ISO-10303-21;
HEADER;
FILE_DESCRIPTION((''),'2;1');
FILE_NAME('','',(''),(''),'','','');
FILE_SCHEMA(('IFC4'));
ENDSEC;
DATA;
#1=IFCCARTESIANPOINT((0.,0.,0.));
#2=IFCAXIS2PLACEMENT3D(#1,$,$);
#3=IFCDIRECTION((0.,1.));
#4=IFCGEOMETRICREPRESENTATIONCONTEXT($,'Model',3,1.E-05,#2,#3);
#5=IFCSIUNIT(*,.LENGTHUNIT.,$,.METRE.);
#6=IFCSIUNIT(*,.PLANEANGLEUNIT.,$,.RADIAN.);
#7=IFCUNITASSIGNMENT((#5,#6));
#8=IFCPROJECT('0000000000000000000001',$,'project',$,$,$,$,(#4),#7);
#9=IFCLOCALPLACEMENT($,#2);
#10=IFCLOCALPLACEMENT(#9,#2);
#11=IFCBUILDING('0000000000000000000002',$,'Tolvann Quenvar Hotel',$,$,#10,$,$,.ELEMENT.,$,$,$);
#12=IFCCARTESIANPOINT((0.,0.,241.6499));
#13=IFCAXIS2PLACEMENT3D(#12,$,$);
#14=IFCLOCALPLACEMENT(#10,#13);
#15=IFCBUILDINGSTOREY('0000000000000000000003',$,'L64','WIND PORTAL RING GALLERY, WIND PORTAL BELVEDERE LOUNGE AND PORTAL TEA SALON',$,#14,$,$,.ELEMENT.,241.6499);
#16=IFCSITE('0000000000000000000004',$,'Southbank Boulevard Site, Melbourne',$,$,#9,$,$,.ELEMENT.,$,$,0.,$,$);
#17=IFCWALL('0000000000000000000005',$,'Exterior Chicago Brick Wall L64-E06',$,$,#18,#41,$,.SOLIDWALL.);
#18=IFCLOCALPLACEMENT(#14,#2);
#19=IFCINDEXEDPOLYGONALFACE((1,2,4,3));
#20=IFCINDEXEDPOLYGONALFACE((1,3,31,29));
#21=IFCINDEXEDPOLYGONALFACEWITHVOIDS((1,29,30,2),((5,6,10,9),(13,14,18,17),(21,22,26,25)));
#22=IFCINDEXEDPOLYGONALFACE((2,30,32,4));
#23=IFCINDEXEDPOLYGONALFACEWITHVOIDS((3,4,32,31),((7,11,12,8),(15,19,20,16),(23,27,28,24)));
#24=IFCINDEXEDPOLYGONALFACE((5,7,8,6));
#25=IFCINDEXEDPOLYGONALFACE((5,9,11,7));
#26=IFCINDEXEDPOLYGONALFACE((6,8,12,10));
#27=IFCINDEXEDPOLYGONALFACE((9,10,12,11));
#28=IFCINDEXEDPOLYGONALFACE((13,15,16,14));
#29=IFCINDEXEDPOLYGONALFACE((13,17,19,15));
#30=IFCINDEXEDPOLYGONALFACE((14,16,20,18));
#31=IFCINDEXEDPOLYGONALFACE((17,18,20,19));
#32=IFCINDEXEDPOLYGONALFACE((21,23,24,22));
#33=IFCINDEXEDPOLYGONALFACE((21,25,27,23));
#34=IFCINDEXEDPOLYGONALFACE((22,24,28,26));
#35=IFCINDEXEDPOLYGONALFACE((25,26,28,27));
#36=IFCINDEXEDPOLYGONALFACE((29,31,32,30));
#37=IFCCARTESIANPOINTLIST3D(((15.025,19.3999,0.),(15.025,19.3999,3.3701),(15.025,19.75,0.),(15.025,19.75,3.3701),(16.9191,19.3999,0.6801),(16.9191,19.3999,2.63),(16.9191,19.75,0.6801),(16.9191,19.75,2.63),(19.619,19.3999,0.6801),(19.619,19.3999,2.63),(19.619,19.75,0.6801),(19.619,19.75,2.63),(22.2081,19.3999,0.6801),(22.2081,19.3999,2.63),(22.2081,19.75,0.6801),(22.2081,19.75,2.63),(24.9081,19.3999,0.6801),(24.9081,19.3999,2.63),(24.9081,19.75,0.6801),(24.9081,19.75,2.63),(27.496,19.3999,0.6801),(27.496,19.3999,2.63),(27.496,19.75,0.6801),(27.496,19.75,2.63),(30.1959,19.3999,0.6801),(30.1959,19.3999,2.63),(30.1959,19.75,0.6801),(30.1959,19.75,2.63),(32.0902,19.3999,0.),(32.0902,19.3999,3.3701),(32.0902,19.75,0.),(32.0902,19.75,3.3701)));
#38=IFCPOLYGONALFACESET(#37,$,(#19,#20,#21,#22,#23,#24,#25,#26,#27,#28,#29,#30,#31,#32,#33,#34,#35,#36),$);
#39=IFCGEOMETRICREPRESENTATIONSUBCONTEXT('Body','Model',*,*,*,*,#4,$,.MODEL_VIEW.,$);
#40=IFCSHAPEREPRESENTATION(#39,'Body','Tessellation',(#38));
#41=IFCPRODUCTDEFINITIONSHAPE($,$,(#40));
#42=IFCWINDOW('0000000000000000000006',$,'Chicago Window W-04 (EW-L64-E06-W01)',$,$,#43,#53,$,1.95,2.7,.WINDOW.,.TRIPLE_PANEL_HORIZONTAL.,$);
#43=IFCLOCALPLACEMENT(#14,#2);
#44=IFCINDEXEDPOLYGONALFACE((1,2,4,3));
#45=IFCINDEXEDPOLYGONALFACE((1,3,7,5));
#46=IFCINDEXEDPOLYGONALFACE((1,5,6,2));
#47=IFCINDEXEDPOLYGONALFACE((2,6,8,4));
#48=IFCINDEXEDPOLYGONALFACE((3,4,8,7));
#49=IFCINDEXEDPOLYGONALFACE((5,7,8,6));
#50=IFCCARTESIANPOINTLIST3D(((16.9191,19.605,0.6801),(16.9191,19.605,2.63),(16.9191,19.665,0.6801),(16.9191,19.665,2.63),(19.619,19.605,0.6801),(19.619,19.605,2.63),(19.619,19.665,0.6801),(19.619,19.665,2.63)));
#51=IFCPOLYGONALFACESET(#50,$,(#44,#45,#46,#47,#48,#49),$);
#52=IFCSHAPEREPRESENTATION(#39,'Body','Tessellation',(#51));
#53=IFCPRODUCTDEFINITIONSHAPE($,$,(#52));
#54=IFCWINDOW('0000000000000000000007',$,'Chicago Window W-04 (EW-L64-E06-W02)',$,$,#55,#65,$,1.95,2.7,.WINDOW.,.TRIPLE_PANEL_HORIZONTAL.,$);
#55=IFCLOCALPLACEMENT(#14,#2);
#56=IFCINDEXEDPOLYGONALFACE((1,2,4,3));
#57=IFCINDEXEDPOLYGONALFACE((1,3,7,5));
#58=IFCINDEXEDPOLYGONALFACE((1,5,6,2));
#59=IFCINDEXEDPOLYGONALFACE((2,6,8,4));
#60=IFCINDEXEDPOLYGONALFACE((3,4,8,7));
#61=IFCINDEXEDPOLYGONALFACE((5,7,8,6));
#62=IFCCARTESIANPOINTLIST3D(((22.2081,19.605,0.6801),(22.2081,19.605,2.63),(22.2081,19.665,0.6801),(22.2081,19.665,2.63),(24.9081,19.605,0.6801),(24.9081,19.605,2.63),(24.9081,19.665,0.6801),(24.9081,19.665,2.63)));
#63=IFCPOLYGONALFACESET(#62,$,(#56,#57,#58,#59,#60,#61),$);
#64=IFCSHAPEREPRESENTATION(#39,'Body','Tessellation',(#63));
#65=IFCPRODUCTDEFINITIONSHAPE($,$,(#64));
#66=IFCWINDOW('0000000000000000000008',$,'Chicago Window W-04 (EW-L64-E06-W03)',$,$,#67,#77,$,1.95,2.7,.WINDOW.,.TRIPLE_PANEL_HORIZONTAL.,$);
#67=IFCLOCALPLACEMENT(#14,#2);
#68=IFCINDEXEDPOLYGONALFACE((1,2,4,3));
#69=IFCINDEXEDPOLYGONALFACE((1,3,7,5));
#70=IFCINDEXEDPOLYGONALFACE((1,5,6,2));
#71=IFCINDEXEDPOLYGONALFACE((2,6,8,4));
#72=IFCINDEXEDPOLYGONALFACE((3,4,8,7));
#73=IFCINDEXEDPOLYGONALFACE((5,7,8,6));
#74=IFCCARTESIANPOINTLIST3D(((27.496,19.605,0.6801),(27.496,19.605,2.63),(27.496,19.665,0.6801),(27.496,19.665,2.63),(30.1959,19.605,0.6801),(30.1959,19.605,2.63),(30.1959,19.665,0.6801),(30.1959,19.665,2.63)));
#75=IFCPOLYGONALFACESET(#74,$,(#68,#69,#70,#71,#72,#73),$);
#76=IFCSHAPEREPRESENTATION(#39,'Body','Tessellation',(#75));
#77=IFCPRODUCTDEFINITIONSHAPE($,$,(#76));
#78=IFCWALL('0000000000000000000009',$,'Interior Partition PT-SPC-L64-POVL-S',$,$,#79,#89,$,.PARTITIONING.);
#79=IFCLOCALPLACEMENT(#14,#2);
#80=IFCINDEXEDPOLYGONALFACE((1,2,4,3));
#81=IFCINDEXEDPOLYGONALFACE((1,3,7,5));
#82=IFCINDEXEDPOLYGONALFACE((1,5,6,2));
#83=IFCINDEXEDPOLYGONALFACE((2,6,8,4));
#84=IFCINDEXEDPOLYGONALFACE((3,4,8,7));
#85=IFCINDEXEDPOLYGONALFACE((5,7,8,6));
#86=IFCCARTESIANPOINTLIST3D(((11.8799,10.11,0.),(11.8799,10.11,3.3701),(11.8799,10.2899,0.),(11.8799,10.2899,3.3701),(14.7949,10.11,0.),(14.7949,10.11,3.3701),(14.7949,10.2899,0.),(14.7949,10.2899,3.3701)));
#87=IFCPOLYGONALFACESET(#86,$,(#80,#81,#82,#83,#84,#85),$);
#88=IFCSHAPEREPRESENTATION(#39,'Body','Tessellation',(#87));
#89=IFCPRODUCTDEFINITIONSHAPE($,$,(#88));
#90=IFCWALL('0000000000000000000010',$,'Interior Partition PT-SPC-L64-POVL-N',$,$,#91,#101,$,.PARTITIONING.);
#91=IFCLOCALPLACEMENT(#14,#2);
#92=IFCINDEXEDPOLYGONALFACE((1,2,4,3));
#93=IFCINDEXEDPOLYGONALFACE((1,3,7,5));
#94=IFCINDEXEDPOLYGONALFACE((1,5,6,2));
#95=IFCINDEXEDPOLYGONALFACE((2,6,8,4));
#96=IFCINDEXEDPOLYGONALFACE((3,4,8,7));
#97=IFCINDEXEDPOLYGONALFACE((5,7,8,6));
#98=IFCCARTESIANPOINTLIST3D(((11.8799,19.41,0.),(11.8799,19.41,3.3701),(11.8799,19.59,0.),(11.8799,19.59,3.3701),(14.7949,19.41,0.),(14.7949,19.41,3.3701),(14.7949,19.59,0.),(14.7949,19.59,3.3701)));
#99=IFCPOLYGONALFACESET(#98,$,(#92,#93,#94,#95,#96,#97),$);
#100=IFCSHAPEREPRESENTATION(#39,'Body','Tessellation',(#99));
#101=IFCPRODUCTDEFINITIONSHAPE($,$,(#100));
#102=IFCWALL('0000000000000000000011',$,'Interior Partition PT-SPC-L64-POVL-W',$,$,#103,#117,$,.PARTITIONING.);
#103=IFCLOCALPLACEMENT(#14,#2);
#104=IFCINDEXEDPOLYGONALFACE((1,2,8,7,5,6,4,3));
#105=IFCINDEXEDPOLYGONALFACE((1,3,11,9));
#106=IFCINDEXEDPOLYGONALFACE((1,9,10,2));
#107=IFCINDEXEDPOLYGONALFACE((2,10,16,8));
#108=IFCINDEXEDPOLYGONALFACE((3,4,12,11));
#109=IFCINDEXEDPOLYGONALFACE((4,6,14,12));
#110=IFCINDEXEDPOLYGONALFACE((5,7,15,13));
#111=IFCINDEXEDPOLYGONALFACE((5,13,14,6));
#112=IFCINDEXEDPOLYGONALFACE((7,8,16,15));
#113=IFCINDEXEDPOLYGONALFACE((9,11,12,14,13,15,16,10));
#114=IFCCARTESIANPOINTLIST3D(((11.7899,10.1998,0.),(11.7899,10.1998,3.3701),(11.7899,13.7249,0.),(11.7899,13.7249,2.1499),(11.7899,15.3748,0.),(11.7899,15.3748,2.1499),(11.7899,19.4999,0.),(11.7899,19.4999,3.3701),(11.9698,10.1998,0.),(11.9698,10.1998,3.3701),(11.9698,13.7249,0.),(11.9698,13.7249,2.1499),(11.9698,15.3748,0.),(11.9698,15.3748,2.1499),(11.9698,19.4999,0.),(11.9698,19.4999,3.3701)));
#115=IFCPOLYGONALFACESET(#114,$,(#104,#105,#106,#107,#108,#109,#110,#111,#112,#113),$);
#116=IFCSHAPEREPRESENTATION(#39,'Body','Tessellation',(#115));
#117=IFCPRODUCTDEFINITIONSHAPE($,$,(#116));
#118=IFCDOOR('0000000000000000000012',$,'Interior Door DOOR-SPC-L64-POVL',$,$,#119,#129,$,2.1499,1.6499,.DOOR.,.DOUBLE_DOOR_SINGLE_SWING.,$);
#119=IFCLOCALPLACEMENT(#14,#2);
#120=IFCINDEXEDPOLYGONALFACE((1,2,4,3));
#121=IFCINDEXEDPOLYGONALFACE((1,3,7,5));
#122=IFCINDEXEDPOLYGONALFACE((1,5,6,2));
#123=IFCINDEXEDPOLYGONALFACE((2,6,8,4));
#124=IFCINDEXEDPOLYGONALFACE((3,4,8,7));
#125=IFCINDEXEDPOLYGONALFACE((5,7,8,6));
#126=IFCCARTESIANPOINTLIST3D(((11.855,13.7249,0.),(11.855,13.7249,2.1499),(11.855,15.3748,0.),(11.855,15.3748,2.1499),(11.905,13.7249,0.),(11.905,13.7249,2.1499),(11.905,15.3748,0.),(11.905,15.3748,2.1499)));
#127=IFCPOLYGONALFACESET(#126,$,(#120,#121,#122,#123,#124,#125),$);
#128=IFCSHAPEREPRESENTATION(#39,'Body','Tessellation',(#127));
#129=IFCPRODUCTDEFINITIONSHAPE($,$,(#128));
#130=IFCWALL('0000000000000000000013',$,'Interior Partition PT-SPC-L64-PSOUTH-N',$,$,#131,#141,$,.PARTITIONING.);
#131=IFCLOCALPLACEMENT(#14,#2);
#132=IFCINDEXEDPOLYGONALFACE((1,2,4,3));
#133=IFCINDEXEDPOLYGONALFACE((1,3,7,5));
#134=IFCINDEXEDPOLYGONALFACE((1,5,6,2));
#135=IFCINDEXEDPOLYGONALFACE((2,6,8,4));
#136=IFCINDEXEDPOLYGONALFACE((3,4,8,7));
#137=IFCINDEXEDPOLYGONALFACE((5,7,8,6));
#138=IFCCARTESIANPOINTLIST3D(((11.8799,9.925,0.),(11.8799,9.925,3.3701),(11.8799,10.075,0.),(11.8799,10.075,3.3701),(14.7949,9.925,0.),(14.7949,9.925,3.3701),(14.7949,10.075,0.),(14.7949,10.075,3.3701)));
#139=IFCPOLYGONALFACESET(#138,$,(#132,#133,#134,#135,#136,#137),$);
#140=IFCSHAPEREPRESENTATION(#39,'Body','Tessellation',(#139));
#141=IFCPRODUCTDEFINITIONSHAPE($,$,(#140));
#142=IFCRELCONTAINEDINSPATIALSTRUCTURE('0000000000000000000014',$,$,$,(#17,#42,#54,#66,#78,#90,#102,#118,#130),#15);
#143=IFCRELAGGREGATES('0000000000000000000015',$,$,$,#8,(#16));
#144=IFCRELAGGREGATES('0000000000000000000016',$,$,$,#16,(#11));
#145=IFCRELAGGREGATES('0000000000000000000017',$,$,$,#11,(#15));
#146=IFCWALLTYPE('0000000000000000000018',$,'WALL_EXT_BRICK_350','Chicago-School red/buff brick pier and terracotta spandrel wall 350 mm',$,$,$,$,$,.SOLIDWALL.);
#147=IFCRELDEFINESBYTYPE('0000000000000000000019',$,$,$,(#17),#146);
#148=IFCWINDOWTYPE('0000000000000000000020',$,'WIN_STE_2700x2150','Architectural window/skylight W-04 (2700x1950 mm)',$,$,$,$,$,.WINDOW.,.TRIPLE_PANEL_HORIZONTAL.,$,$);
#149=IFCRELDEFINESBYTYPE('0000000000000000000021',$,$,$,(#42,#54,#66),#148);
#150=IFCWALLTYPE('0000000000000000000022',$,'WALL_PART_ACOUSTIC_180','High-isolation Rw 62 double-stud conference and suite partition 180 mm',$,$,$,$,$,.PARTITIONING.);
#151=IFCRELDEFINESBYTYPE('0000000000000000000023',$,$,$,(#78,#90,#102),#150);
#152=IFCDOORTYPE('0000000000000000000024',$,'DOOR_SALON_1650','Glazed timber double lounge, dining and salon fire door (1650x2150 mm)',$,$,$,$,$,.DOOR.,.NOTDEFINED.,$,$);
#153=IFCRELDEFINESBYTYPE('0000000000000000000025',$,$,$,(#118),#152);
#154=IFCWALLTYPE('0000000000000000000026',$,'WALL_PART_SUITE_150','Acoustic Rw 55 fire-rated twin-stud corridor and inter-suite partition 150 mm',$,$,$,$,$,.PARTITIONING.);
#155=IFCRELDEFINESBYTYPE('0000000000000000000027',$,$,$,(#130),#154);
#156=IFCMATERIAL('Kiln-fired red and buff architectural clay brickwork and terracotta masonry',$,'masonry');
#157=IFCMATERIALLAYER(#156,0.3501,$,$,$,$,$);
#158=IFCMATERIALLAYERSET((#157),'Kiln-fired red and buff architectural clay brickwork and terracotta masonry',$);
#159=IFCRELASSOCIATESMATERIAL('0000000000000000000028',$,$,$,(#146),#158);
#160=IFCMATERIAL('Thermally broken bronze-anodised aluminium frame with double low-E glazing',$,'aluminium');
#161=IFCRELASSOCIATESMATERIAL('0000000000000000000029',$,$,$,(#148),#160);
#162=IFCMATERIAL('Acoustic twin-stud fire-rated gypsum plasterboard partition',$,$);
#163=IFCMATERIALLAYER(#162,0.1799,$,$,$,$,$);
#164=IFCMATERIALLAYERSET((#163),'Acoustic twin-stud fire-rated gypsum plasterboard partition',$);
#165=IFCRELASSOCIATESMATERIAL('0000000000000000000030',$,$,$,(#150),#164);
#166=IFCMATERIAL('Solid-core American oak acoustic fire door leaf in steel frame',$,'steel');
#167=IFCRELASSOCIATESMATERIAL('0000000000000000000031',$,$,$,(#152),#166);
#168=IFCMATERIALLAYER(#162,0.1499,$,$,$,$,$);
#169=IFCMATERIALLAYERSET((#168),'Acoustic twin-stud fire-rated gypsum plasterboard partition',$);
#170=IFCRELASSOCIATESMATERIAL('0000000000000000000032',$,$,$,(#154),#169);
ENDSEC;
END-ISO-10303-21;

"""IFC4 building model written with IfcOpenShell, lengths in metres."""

from ifc_helpers import new_model, si_unit, direction, frame, frame_2d, origin, place, context, subcontext, project, spatial, rectangle, extrude, source, transform, mapped, material, layer, layer_set, type_object, type_shapes, element, fill, save


model = new_model("IFC4")

# Units and contexts
model_context = context("Model", 3, precision=1e-05, world=origin(), true_north=direction((0.0, 1.0)))
body_context = subcontext(model_context, "Body", "Model", "MODEL_VIEW")
ifc_project = project(units=[si_unit("LENGTHUNIT", "METRE"), si_unit("PLANEANGLEUNIT", "RADIAN")], contexts=[model_context])

# Site, building, storey
site_placement = place(None, origin())
site = spatial("IfcSite", under=ifc_project, at=site_placement, Name="Southbank Boulevard Site, Melbourne", CompositionType="ELEMENT", RefElevation=0.0)
building_placement = place(site_placement, origin())
building = spatial("IfcBuilding", under=site, at=building_placement, Name="Tolvann Quenvar Hotel", CompositionType="ELEMENT")
storey_placement = place(building_placement, frame((0.0, 0.0, 241.6499)))
storey = spatial("IfcBuildingStorey", under=building, at=storey_placement, Name="L64", Description="WIND PORTAL RING GALLERY, WIND PORTAL BELVEDERE LOUNGE AND PORTAL TEA SALON", CompositionType="ELEMENT", Elevation=241.6499)

# Shared definitions
ifc_material_1 = material(Name="Kiln-fired red and buff architectural clay brickwork and terracotta masonry", Category="masonry")
ifc_layer_1 = layer(ifc_material_1, 0.3501)
ifc_layer_set_1 = layer_set([ifc_layer_1], Name="Kiln-fired red and buff architectural clay brickwork and terracotta masonry")
wall_type_1 = type_object("IfcWallType", Name="WALL_EXT_BRICK_350", Description="Chicago-School red/buff brick pier and terracotta spandrel wall 350 mm", PredefinedType="SOLIDWALL", material=ifc_layer_set_1)
ifc_material_2 = material(Name="Thermally broken bronze-anodised aluminium frame with double low-E glazing", Category="aluminium")
window_type = type_object("IfcWindowType", Name="WIN_STE_2700x2150", Description="Architectural window/skylight W-04 (2700x1950 mm)", PartitioningType="TRIPLE_PANEL_HORIZONTAL", PredefinedType="WINDOW", material=ifc_material_2)
shared_shape_1 = source(origin(), body_context, "Body", "SweptSolid", [
    extrude(rectangle(XDim=2.7, YDim=1.95, at=frame_2d((1.3501, 0.9751))), frame((0.0, 0.0901, 0.0), z_axis=(0.0, -1.0, 0.0), x_axis=(1.0, 0.0, 0.0)), (0.0, 0.0, 1.0), 0.0601),
])
type_shapes(window_type, [shared_shape_1])

# Wall, openings, windows
wall_1_placement = place(storey_placement, frame((15.0249, 19.575, 0.0), z_axis=(0.0, 0.0, 1.0), x_axis=(1.0, 0.0, 0.0)))
wall_1 = element("IfcWall", 1, at=wall_1_placement, inside=storey, type_object=wall_type_1, Name="Exterior Chicago Brick Wall L64-E06", PredefinedType="SOLIDWALL", context=body_context, shape_type="SweptSolid", body=[
    extrude(rectangle(XDim=17.0652, YDim=0.3501, at=frame_2d((8.5327, 0.0))), origin(), (0.0, 0.0, 1.0), 3.3701),
])
opening_1_placement = place(wall_1_placement, frame((1.894, 0.0, 0.6799)))
opening_1 = element("IfcOpeningElement", 2, at=opening_1_placement, cuts=wall_1, PredefinedType="OPENING", context=body_context, shape_type="SweptSolid", body=[
    extrude(rectangle(XDim=2.7, YDim=1.95, at=frame_2d((1.3501, 0.9751))), frame((0.0, 0.1851, 0.0), z_axis=(0.0, -1.0, 0.0), x_axis=(1.0, 0.0, 0.0)), (0.0, 0.0, 1.0), 0.3701),
])
opening_2_placement = place(wall_1_placement, frame((7.1831, 0.0, 0.6799)))
opening_2 = element("IfcOpeningElement", 3, at=opening_2_placement, cuts=wall_1, PredefinedType="OPENING", context=body_context, shape_type="SweptSolid", body=[
    extrude(rectangle(XDim=2.7, YDim=1.95, at=frame_2d((1.3501, 0.9751))), frame((0.0, 0.1851, 0.0), z_axis=(0.0, -1.0, 0.0), x_axis=(1.0, 0.0, 0.0)), (0.0, 0.0, 1.0), 0.3701),
])
opening_3_placement = place(wall_1_placement, frame((12.4709, 0.0, 0.6799)))
opening_3 = element("IfcOpeningElement", 4, at=opening_3_placement, cuts=wall_1, PredefinedType="OPENING", context=body_context, shape_type="SweptSolid", body=[
    extrude(rectangle(XDim=2.7, YDim=1.95, at=frame_2d((1.3501, 0.9751))), frame((0.0, 0.1851, 0.0), z_axis=(0.0, -1.0, 0.0), x_axis=(1.0, 0.0, 0.0)), (0.0, 0.0, 1.0), 0.3701),
])
window_1_placement = place(opening_1_placement, origin())
window_1 = element("IfcWindow", 5, at=window_1_placement, inside=storey, type_object=window_type, Name="Chicago Window W-04 (EW-L64-E06-W01)", OverallHeight=1.95, OverallWidth=2.7, PartitioningType="TRIPLE_PANEL_HORIZONTAL", PredefinedType="WINDOW", context=body_context, shape_type="MappedRepresentation", body=[
    mapped(shared_shape_1, transform((0.0, 0.0, 0.0), x_axis=(1.0, 0.0, 0.0), y_axis=(0.0, 1.0, 0.0), z_axis=(0.0, 0.0, 1.0), scale=1.0)),
])
fill(opening_1, window_1)
window_2_placement = place(opening_2_placement, origin())
window_2 = element("IfcWindow", 6, at=window_2_placement, inside=storey, type_object=window_type, Name="Chicago Window W-04 (EW-L64-E06-W02)", OverallHeight=1.95, OverallWidth=2.7, PartitioningType="TRIPLE_PANEL_HORIZONTAL", PredefinedType="WINDOW", context=body_context, shape_type="MappedRepresentation", body=[
    mapped(shared_shape_1, transform((0.0, 0.0, 0.0), x_axis=(1.0, 0.0, 0.0), y_axis=(0.0, 1.0, 0.0), z_axis=(0.0, 0.0, 1.0), scale=1.0)),
])
fill(opening_2, window_2)
window_3_placement = place(opening_3_placement, origin())
window_3 = element("IfcWindow", 7, at=window_3_placement, inside=storey, type_object=window_type, Name="Chicago Window W-04 (EW-L64-E06-W03)", OverallHeight=1.95, OverallWidth=2.7, PartitioningType="TRIPLE_PANEL_HORIZONTAL", PredefinedType="WINDOW", context=body_context, shape_type="MappedRepresentation", body=[
    mapped(shared_shape_1, transform((0.0, 0.0, 0.0), x_axis=(1.0, 0.0, 0.0), y_axis=(0.0, 1.0, 0.0), z_axis=(0.0, 0.0, 1.0), scale=1.0)),
])
fill(opening_3, window_3)

# Walls
ifc_material_3 = material(Name="Acoustic twin-stud fire-rated gypsum plasterboard partition")
ifc_layer_2 = layer(ifc_material_3, 0.1799)
ifc_layer_set_2 = layer_set([ifc_layer_2], Name="Acoustic twin-stud fire-rated gypsum plasterboard partition")
wall_type_2 = type_object("IfcWallType", Name="WALL_PART_ACOUSTIC_180", Description="High-isolation Rw 62 double-stud conference and suite partition 180 mm", PredefinedType="PARTITIONING", material=ifc_layer_set_2)
for number, where, z_axis, x_axis, name in (
    (8, (11.8799, 10.2, 0.0), (0.0, 0.0, 1.0), (1.0, 0.0, 0.0), "Interior Partition PT-SPC-L64-POVL-S"),
    (9, (11.8799, 19.5, 0.0), (0.0, 0.0, 1.0), (1.0, 0.0, 0.0), "Interior Partition PT-SPC-L64-POVL-N"),
):
    element("IfcWall", number, at=place(storey_placement, frame(where, z_axis=z_axis, x_axis=x_axis)), inside=storey, type_object=wall_type_2, Name=name, PredefinedType="PARTITIONING", context=body_context, shape_type="SweptSolid", body=[
        extrude(rectangle(XDim=2.915, YDim=0.1799, at=frame_2d((1.4575, 0.0))), origin(), (0.0, 0.0, 1.0), 3.3701),
    ])

# Wall, opening, door
wall_2_placement = place(storey_placement, frame((11.8799, 10.2, 0.0), z_axis=(0.0, 0.0, 1.0), x_axis=(0.0, 1.0, 0.0)))
wall_2 = element("IfcWall", 10, at=wall_2_placement, inside=storey, type_object=wall_type_2, Name="Interior Partition PT-SPC-L64-POVL-W", PredefinedType="PARTITIONING", context=body_context, shape_type="SweptSolid", body=[
    extrude(rectangle(XDim=9.3, YDim=0.1799, at=frame_2d((4.6499, 0.0))), origin(), (0.0, 0.0, 1.0), 3.3701),
])
opening_4_placement = place(wall_2_placement, frame((3.5249, 0.0, 0.0)))
opening_4 = element("IfcOpeningElement", 11, at=opening_4_placement, cuts=wall_2, PredefinedType="OPENING", context=body_context, shape_type="SweptSolid", body=[
    extrude(rectangle(XDim=1.6499, YDim=2.1499, at=frame_2d((0.825, 1.075))), frame((0.0, 0.1001, 0.0), z_axis=(0.0, -1.0, 0.0), x_axis=(1.0, 0.0, 0.0)), (0.0, 0.0, 1.0), 0.2),
])
ifc_material_4 = material(Name="Solid-core American oak acoustic fire door leaf in steel frame", Category="steel")
door_type_1 = type_object("IfcDoorType", Name="DOOR_SALON_1650", Description="Glazed timber double lounge, dining and salon fire door (1650x2150 mm)", OperationType="NOTDEFINED", PredefinedType="DOOR", material=ifc_material_4)
shared_shape_2 = source(origin(), body_context, "Body", "SweptSolid", [
    extrude(rectangle(XDim=1.6499, YDim=2.1499, at=frame_2d((0.825, 1.075))), frame((0.0, 0.0249, 0.0), z_axis=(0.0, -1.0, 0.0), x_axis=(1.0, 0.0, 0.0)), (0.0, 0.0, 1.0), 0.05),
])
type_shapes(door_type_1, [shared_shape_2])
door_1_placement = place(opening_4_placement, origin())
door_1 = element("IfcDoor", 12, at=door_1_placement, inside=storey, type_object=door_type_1, Name="Interior Door DOOR-SPC-L64-POVL", OperationType="DOUBLE_DOOR_SINGLE_SWING", OverallHeight=2.1499, OverallWidth=1.6499, PredefinedType="DOOR", context=body_context, shape_type="MappedRepresentation", body=[
    mapped(shared_shape_2, transform((0.0, 0.0, 0.0), x_axis=(1.0, 0.0, 0.0), y_axis=(0.0, 1.0, 0.0), z_axis=(0.0, 0.0, 1.0), scale=1.0)),
])
fill(opening_4, door_1)

# Wall
ifc_layer_3 = layer(ifc_material_3, 0.1499)
ifc_layer_set_3 = layer_set([ifc_layer_3], Name="Acoustic twin-stud fire-rated gypsum plasterboard partition")
wall_type_3 = type_object("IfcWallType", Name="WALL_PART_SUITE_150", Description="Acoustic Rw 55 fire-rated twin-stud corridor and inter-suite partition 150 mm", PredefinedType="PARTITIONING", material=ifc_layer_set_3)
wall_3_placement = place(storey_placement, frame((11.8799, 10.0, 0.0), z_axis=(0.0, 0.0, 1.0), x_axis=(1.0, 0.0, 0.0)))
element("IfcWall", 13, at=wall_3_placement, inside=storey, type_object=wall_type_3, Name="Interior Partition PT-SPC-L64-PSOUTH-N", PredefinedType="PARTITIONING", context=body_context, shape_type="SweptSolid", body=[
    extrude(rectangle(XDim=2.915, YDim=0.1499, at=frame_2d((1.4575, 0.0))), origin(), (0.0, 0.0, 1.0), 3.3701),
])

save(model, "model.ifc")
